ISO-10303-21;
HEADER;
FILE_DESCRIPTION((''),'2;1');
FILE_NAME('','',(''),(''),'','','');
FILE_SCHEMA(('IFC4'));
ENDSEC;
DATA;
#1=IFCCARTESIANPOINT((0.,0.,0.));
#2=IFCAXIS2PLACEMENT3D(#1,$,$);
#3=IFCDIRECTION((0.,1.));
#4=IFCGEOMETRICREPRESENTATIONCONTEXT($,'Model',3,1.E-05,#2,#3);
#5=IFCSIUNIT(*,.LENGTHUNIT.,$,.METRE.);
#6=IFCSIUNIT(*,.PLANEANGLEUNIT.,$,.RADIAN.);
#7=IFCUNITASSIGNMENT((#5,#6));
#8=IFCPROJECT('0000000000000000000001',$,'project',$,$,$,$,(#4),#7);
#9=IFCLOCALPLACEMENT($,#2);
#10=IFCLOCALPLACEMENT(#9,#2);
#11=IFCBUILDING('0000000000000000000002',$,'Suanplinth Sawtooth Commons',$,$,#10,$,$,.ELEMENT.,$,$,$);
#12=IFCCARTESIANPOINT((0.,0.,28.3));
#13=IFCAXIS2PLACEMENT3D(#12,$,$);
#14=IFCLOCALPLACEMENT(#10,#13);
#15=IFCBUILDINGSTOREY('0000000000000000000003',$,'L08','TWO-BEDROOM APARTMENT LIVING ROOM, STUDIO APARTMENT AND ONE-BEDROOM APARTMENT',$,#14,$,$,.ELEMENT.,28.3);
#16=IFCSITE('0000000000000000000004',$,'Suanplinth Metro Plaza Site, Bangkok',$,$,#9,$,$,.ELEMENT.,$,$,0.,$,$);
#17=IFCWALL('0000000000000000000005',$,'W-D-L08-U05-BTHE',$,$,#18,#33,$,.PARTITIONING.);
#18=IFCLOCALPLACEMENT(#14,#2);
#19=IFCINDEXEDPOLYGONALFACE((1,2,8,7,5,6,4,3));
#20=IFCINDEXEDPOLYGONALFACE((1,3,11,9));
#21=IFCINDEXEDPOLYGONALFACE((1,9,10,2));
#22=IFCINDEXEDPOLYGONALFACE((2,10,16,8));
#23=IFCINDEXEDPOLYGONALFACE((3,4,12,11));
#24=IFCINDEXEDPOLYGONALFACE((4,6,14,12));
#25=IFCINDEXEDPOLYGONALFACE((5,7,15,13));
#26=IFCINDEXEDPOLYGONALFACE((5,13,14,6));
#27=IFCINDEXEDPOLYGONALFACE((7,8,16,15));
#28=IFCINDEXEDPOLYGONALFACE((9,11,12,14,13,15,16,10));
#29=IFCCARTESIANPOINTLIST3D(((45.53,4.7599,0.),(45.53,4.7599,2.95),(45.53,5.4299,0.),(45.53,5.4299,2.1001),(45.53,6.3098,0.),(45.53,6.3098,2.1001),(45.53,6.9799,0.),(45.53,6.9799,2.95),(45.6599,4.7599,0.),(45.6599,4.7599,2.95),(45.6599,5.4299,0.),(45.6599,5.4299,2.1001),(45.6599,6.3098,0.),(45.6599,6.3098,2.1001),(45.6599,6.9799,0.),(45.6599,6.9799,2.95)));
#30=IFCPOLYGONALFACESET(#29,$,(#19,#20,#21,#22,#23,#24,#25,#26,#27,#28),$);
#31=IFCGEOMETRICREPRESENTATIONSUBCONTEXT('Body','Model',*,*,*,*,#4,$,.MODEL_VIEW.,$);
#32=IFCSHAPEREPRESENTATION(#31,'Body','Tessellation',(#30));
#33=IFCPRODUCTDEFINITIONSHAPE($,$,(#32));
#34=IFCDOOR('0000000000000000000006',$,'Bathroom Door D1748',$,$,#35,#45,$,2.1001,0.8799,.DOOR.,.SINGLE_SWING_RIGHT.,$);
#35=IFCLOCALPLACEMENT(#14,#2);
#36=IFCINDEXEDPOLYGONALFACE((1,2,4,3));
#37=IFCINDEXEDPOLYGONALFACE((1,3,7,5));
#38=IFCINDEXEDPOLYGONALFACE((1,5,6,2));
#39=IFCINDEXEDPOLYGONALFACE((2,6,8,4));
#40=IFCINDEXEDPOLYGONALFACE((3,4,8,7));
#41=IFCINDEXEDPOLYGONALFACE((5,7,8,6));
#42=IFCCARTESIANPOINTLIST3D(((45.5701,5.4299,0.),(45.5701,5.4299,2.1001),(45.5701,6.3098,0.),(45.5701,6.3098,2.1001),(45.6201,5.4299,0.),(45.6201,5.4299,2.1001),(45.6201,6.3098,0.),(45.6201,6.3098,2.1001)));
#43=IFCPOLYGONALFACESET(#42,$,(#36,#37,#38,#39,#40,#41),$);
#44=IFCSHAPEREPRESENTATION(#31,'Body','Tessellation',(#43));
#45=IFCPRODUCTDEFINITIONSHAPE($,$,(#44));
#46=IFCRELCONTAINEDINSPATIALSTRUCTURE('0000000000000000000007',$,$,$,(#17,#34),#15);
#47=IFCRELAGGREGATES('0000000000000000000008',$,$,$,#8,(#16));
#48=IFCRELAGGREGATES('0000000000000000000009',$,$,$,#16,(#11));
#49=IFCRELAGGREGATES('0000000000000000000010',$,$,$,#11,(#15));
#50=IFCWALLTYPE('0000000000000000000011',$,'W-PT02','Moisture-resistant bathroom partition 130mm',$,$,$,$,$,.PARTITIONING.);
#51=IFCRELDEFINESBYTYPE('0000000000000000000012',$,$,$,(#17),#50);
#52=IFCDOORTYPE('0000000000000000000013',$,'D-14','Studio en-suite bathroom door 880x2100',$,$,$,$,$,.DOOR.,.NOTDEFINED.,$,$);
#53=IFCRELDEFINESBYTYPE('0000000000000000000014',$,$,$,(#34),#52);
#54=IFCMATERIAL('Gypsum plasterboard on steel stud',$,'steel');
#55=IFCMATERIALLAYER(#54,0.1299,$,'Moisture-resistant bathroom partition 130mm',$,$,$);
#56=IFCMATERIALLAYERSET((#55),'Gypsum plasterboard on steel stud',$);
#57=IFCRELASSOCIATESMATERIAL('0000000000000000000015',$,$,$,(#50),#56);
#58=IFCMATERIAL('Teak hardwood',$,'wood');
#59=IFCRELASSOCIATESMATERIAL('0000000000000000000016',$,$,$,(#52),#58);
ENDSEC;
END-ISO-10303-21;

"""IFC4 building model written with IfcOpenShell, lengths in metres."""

from ifc_helpers import new_model, si_unit, direction, frame, frame_2d, origin, place, context, subcontext, project, spatial, rectangle, extrude, material, layer, layer_set, type_object, element, fill, save


model = new_model("IFC4")

# Units and contexts
model_context = context("Model", 3, precision=1e-05, world=origin(), true_north=direction((0.0, 1.0)))
body_context = subcontext(model_context, "Body", "Model", "MODEL_VIEW")
ifc_project = project(units=[si_unit("LENGTHUNIT", "METRE"), si_unit("PLANEANGLEUNIT", "RADIAN")], contexts=[model_context])

# Site, building, storey
site_placement = place(None, origin())
site = spatial("IfcSite", under=ifc_project, at=site_placement, Name="Suanplinth Metro Plaza Site, Bangkok", CompositionType="ELEMENT", RefElevation=0.0)
building_placement = place(site_placement, origin())
building = spatial("IfcBuilding", under=site, at=building_placement, Name="Suanplinth Sawtooth Commons", CompositionType="ELEMENT")
storey_placement = place(building_placement, frame((0.0, 0.0, 28.3)))
storey = spatial("IfcBuildingStorey", under=building, at=storey_placement, Name="L08", Description="TWO-BEDROOM APARTMENT LIVING ROOM, STUDIO APARTMENT AND ONE-BEDROOM APARTMENT", CompositionType="ELEMENT", Elevation=28.3)

# Shared definitions
ifc_material_1 = material(Name="Gypsum plasterboard on steel stud", Category="steel")
ifc_material_2 = material(Name="Teak hardwood", Category="wood")

# Shared definitions
ifc_layer_1 = layer(ifc_material_1, 0.1299, Name="Moisture-resistant bathroom partition 130mm")
ifc_layer_set_1 = layer_set([ifc_layer_1], Name="Gypsum plasterboard on steel stud")
wall_type_1 = type_object("IfcWallType", Name="W-PT02", Description="Moisture-resistant bathroom partition 130mm", PredefinedType="PARTITIONING", material=ifc_layer_set_1)

# Wall, opening, door
wall_1_placement = place(storey_placement, frame((45.595, 4.76, 0.0), z_axis=(0.0, 0.0, 1.0), x_axis=(0.0, 1.0, 0.0)))
wall_1 = element("IfcWall", 1, at=wall_1_placement, inside=storey, type_object=wall_type_1, Name="W-D-L08-U05-BTHE", PredefinedType="PARTITIONING", context=body_context, shape_type="SweptSolid", body=[
    extrude(rectangle(XDim=2.22, YDim=0.1299, at=frame_2d((1.1099, 0.0))), origin(), (0.0, 0.0, 1.0), 2.95),
])
opening_1_placement = place(wall_1_placement, frame((0.6699, 0.0, 0.0)))
opening_1 = element("IfcOpeningElement", 2, at=opening_1_placement, cuts=wall_1, PredefinedType="OPENING", context=body_context, shape_type="SweptSolid", body=[
    extrude(rectangle(XDim=0.8799, YDim=2.1001, at=frame_2d((0.4399, 1.05))), frame((0.0, 0.0798, 0.0), z_axis=(0.0, -1.0, 0.0), x_axis=(1.0, 0.0, 0.0)), (0.0, 0.0, 1.0), 0.1597),
])
door_type_1 = type_object("IfcDoorType", Name="D-14", Description="Studio en-suite bathroom door 880x2100", OperationType="NOTDEFINED", PredefinedType="DOOR", material=ifc_material_2)
door_1_placement = place(opening_1_placement, origin())
door_1 = element("IfcDoor", 3, at=door_1_placement, inside=storey, type_object=door_type_1, Name="Bathroom Door D1748", OperationType="SINGLE_SWING_RIGHT", OverallHeight=2.1001, OverallWidth=0.8799, PredefinedType="DOOR", context=body_context, shape_type="SweptSolid", body=[
    extrude(rectangle(XDim=0.8799, YDim=2.1001, at=frame_2d((0.4399, 1.05))), frame((0.0, 0.0249, 0.0), z_axis=(0.0, -1.0, 0.0), x_axis=(1.0, 0.0, 0.0)), (0.0, 0.0, 1.0), 0.05),
])
fill(opening_1, door_1)

save(model, "model.ifc")
